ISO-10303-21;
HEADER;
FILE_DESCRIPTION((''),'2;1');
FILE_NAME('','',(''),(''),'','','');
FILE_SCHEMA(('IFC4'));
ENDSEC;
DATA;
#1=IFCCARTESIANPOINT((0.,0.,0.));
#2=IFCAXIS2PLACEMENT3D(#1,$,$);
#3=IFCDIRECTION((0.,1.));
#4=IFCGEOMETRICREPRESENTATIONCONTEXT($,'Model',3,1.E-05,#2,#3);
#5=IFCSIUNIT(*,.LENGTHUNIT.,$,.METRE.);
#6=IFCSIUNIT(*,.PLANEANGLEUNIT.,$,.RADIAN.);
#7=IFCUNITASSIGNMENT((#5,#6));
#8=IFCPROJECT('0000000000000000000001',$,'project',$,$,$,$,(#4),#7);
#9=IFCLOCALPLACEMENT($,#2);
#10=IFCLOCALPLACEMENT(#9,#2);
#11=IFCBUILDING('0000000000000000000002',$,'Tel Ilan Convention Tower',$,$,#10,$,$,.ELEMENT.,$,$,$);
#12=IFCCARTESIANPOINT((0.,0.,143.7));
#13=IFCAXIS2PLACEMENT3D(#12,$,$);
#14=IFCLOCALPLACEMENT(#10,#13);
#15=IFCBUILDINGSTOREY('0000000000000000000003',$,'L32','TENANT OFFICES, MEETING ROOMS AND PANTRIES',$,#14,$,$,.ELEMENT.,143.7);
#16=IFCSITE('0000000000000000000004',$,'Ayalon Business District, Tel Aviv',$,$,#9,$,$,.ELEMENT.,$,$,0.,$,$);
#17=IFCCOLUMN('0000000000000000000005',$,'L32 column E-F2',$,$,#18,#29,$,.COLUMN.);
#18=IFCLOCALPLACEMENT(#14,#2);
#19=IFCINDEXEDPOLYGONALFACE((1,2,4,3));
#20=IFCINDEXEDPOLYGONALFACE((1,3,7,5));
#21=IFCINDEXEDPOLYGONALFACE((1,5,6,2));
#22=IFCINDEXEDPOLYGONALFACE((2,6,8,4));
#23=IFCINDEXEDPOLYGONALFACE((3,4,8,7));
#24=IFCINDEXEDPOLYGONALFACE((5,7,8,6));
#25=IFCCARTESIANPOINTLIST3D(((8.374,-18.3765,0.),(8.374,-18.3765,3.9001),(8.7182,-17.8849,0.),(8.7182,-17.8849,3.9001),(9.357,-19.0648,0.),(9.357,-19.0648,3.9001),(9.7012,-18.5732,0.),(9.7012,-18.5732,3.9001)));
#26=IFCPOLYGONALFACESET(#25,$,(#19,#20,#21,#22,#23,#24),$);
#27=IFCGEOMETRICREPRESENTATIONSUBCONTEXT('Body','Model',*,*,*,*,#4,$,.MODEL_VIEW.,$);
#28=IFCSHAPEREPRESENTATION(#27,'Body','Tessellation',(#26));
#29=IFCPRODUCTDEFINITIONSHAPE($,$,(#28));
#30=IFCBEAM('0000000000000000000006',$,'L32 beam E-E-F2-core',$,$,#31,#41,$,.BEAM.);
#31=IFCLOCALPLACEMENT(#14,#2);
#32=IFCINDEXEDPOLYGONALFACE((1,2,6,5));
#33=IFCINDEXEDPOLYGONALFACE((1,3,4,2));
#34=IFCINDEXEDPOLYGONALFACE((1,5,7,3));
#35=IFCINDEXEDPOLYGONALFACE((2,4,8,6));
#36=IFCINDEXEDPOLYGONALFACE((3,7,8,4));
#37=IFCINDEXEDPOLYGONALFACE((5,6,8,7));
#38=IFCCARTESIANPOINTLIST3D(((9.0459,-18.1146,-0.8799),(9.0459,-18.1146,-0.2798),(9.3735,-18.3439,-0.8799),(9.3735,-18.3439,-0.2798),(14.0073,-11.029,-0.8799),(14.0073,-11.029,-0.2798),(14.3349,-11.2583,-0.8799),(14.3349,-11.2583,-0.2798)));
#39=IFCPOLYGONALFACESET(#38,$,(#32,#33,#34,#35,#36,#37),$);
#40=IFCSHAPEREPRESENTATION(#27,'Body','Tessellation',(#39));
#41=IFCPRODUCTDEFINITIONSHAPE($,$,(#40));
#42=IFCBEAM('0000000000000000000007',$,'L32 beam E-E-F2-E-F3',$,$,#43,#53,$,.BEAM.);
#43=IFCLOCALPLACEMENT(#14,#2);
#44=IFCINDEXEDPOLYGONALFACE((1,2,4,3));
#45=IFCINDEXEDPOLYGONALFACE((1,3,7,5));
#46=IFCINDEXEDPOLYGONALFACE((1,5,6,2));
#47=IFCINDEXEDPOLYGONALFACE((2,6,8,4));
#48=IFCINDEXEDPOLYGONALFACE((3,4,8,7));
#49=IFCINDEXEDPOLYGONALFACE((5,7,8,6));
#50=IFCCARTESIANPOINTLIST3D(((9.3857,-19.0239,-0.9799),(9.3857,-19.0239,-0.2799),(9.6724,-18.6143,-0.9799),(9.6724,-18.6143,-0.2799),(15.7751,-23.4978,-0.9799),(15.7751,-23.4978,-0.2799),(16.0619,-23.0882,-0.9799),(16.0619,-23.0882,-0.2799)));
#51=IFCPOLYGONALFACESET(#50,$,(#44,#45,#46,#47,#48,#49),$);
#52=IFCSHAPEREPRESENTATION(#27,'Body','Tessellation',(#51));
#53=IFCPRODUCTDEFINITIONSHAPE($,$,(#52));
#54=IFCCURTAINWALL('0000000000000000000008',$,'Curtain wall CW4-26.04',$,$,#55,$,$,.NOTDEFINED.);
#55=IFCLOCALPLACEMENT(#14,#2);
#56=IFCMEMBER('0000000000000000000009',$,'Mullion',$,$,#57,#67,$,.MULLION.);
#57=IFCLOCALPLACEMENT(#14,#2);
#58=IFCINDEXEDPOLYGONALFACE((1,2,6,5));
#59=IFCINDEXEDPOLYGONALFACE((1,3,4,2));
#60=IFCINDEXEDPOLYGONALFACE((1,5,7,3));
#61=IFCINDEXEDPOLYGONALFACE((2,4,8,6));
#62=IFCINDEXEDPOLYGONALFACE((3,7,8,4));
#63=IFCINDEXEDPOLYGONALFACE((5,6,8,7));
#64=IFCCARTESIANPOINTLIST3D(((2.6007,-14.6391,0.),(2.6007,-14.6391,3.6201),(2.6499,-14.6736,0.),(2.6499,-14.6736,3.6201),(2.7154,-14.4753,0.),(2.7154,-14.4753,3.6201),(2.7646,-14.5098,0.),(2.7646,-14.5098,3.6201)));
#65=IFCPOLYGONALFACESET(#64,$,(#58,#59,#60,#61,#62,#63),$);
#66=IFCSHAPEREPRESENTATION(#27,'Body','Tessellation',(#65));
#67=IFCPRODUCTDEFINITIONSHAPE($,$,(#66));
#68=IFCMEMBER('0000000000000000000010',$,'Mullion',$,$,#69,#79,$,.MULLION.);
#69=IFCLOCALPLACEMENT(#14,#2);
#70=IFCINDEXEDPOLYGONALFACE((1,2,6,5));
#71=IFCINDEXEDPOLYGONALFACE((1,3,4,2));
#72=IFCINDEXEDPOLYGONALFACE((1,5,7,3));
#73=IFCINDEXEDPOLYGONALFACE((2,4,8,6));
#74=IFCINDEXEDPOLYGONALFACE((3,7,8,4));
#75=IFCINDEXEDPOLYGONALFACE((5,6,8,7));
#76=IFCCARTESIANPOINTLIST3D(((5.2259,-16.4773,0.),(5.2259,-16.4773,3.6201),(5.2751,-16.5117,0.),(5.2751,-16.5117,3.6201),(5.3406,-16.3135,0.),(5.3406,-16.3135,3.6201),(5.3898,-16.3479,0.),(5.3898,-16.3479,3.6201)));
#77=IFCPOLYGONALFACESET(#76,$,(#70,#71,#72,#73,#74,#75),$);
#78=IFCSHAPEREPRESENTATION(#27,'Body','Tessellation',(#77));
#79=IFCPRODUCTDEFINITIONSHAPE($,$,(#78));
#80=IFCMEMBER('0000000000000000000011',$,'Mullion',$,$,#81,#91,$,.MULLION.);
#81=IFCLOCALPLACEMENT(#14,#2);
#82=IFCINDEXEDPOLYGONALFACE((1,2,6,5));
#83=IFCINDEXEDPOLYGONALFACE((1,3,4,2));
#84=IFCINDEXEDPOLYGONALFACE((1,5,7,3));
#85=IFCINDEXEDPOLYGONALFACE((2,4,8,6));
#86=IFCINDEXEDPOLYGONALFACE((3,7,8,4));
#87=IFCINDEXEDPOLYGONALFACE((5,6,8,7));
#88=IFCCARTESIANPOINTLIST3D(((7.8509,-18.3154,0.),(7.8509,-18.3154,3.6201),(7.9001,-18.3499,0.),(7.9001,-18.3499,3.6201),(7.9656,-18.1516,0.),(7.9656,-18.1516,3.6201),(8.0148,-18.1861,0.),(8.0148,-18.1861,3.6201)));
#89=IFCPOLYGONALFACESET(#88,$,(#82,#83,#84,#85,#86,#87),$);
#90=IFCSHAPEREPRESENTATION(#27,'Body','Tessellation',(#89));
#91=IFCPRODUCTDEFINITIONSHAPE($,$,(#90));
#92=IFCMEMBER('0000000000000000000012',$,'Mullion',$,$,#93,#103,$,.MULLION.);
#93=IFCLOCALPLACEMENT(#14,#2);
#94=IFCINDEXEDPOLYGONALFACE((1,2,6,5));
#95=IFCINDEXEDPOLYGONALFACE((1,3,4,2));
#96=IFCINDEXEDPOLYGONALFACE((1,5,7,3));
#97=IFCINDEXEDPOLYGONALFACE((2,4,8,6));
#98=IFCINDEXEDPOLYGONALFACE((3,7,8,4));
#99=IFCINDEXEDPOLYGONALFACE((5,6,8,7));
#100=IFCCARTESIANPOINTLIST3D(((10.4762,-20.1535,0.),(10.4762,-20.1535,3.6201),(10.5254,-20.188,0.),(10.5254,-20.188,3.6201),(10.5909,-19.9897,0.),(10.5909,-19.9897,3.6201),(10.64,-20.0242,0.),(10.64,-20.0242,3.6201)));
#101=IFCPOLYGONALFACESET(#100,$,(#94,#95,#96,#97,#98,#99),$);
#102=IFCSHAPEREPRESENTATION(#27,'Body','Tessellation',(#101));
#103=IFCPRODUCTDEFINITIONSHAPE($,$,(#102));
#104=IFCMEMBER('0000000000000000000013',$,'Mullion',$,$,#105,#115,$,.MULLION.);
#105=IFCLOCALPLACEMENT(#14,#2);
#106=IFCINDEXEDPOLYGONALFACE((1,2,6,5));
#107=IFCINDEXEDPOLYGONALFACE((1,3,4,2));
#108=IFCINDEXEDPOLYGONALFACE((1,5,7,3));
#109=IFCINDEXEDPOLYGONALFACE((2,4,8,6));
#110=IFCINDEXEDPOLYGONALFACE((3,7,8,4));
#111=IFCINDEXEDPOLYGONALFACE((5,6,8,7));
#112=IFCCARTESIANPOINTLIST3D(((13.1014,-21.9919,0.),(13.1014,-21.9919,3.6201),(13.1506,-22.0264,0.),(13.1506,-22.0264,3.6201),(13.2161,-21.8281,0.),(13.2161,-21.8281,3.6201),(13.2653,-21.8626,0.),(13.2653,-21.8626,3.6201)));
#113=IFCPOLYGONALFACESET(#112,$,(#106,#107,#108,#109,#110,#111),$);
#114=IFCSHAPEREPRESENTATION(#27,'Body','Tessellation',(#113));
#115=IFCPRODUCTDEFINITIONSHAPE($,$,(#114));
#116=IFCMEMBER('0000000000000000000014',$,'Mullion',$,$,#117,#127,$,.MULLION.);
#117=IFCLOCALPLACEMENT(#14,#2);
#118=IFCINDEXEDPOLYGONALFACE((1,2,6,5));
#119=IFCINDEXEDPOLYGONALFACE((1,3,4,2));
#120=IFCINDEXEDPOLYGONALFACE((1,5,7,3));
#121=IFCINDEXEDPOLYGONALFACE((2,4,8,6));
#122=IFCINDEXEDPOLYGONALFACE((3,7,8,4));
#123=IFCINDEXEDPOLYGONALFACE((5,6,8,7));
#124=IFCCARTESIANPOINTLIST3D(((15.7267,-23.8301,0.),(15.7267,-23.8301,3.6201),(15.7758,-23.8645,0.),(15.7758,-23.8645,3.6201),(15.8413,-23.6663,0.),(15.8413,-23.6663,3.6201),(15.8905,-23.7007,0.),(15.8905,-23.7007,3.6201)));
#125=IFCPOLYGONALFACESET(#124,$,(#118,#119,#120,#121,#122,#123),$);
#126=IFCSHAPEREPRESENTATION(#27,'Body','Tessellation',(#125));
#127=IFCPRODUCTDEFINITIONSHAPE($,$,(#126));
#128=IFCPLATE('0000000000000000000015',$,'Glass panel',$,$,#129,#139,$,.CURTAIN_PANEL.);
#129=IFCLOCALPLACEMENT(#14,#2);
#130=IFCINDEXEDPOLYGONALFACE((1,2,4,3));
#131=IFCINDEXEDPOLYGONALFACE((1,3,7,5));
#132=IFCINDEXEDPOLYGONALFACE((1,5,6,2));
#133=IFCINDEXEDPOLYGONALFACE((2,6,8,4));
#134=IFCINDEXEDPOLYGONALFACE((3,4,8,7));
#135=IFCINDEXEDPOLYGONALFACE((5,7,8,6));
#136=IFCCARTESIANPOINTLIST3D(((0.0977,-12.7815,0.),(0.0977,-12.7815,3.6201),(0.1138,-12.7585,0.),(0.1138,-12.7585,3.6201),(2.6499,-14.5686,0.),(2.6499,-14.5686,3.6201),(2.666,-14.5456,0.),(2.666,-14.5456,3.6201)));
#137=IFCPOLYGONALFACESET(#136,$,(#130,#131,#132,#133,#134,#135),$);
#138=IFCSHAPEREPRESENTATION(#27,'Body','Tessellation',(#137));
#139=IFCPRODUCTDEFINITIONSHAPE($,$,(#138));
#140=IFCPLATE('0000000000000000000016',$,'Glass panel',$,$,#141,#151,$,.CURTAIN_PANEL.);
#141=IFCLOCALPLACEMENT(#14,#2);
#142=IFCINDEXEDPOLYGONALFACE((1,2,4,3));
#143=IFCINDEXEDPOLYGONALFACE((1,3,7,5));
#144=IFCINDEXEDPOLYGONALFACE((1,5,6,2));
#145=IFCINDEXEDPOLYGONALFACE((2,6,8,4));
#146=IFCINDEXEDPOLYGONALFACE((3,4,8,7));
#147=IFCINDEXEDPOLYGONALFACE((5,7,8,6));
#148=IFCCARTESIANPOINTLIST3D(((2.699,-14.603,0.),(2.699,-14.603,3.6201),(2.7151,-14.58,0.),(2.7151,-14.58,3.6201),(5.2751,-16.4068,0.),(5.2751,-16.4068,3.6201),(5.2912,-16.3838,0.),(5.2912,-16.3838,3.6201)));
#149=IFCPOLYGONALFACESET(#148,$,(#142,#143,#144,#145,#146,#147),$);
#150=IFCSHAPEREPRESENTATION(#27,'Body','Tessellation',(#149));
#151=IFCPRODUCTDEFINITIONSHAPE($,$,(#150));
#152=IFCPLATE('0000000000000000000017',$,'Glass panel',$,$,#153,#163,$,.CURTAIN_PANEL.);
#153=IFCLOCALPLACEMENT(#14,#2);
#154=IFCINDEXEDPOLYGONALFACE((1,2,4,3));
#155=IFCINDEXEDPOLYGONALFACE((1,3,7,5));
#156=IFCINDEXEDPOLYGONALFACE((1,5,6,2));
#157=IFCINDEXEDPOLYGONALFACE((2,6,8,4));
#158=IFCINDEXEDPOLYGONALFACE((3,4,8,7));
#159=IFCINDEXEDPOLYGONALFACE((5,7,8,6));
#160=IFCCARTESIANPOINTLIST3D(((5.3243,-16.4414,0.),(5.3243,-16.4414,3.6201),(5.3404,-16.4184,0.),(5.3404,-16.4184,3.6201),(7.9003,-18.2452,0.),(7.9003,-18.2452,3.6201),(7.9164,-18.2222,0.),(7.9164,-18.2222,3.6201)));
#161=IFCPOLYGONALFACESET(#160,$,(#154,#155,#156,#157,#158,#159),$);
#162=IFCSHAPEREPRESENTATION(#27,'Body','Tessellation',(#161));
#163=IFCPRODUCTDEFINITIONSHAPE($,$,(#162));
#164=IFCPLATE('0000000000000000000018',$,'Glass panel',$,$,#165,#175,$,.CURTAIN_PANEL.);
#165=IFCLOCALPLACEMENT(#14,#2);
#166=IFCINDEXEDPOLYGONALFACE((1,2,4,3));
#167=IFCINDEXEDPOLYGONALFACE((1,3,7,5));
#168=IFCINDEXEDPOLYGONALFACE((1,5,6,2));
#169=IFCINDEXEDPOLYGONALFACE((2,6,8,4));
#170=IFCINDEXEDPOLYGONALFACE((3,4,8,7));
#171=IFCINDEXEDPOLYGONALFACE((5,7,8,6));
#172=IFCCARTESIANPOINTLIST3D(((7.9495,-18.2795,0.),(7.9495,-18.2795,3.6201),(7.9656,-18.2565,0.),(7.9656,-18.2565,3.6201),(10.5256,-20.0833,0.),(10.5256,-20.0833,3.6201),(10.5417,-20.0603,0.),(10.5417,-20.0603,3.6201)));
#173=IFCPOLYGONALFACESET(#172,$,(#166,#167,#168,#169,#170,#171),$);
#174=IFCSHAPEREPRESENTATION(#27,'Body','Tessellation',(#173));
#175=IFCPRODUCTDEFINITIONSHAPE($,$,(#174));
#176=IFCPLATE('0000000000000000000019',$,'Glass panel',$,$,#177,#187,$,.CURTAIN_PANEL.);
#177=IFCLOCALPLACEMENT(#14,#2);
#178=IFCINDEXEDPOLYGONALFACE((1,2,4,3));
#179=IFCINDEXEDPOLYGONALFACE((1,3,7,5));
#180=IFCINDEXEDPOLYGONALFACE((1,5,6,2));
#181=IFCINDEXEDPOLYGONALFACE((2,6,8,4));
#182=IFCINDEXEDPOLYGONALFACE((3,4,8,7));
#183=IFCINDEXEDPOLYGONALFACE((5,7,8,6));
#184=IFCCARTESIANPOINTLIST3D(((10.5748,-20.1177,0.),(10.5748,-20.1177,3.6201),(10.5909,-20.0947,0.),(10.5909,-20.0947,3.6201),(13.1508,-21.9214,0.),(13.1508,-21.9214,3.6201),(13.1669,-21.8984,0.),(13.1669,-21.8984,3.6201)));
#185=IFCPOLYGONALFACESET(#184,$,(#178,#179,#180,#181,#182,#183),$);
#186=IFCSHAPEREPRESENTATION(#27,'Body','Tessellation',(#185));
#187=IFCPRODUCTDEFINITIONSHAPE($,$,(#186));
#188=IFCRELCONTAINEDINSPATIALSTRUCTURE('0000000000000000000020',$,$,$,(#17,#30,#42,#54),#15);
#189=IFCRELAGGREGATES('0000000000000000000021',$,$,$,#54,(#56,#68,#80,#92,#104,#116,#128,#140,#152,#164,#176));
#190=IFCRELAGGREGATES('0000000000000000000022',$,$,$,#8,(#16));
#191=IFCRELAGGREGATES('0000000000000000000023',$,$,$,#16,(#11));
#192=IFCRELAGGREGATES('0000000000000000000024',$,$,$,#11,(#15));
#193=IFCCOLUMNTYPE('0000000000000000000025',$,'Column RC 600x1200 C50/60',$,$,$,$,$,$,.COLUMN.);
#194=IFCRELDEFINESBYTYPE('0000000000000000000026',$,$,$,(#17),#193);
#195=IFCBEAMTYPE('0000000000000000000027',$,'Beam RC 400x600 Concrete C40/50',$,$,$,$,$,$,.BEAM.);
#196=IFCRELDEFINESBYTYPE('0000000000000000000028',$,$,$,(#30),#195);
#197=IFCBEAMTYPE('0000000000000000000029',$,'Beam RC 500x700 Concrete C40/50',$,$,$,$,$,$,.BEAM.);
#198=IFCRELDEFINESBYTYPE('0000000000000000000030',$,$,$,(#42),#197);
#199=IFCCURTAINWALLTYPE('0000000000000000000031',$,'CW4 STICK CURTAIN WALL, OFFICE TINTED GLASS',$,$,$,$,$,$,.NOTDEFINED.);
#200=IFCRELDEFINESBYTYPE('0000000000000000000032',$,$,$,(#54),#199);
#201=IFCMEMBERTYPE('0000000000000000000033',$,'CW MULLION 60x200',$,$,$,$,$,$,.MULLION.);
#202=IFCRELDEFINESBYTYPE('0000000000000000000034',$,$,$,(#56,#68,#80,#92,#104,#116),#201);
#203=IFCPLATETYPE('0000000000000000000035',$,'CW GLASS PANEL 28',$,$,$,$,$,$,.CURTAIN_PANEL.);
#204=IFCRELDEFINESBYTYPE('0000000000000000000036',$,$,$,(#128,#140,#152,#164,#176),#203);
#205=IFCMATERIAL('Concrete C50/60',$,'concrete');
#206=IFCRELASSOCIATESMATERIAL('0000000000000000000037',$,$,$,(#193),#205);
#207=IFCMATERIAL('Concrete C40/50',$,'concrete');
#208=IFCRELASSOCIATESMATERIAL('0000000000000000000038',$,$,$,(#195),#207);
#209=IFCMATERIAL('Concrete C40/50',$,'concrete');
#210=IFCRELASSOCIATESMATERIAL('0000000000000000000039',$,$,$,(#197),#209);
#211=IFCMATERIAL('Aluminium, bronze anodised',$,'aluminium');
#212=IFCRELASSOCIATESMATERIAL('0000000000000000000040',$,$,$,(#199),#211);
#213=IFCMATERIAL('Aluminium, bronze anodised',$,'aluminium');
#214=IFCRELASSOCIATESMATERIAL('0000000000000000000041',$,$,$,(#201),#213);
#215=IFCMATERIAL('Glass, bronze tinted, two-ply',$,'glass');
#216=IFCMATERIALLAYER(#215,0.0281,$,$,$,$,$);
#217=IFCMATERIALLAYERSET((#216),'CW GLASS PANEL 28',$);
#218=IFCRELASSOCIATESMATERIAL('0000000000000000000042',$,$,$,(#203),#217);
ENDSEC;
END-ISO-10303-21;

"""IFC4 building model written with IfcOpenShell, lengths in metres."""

from ifc_helpers import new_model, si_unit, direction, frame, origin, origin_2d, place, context, subcontext, project, spatial, rectangle, extrude, material, layer, layer_set, material_profile, profile_set, type_object, element, aggregate, save


model = new_model("IFC4")

# Units and contexts
model_context = context("Model", 3, precision=1e-05, world=origin(), true_north=direction((0.0, 1.0)))
body_context = subcontext(model_context, "Body", "Model", "MODEL_VIEW")
ifc_project = project(units=[si_unit("LENGTHUNIT", "METRE"), si_unit("PLANEANGLEUNIT", "RADIAN")], contexts=[model_context])

# Site, building, storey
site_placement = place(None, origin())
site = spatial("IfcSite", under=ifc_project, at=site_placement, Name="Ayalon Business District, Tel Aviv", CompositionType="ELEMENT", RefElevation=0.0)
building_placement = place(site_placement, origin())
building = spatial("IfcBuilding", under=site, at=building_placement, Name="Tel Ilan Convention Tower", CompositionType="ELEMENT")
storey_placement = place(building_placement, frame((0.0, 0.0, 143.7)))
storey = spatial("IfcBuildingStorey", under=building, at=storey_placement, Name="L32", Description="TENANT OFFICES, MEETING ROOMS AND PANTRIES", CompositionType="ELEMENT", Elevation=143.7)

# Column
ifc_material_1 = material(Name="Concrete C50/60", Category="concrete")
ifc_material_profile_1 = material_profile(ifc_material_1, rectangle(XDim=1.2, YDim=0.6001, at=origin_2d()), Name="RC 600x1200")
ifc_profile_set_1 = profile_set([ifc_material_profile_1], Name="Concrete C50/60")
column_type = type_object("IfcColumnType", Name="Column RC 600x1200 C50/60", PredefinedType="COLUMN", material=ifc_profile_set_1)
column_placement = place(storey_placement, frame((9.0376, -18.4749, 0.0), z_axis=(0.0, 0.0, 1.0), x_axis=(0.819152, -0.573576, 0.0)))
element("IfcColumn", 1, at=column_placement, inside=storey, type_object=column_type, Name="L32 column E-F2", PredefinedType="COLUMN", context=body_context, shape_type="SweptSolid", body=[
    extrude(rectangle(XDim=1.2, YDim=0.6001, at=origin_2d()), origin(), (0.0, 0.0, 1.0), 3.9001),
])

# Beams
ifc_material_2 = material(Name="Concrete C40/50", Category="concrete")
ifc_material_profile_2 = material_profile(ifc_material_2, rectangle(XDim=0.3999, YDim=0.6001, at=origin_2d()), Name="RC 400x600")
ifc_profile_set_2 = profile_set([ifc_material_profile_2], Name="Concrete C40/50")
beam_type_1 = type_object("IfcBeamType", Name="Beam RC 400x600 Concrete C40/50", PredefinedType="BEAM", material=ifc_profile_set_2)
beam_1_placement = place(storey_placement, frame((9.2097, -18.2292, -0.5798), z_axis=(0.573574, 0.819154, 0.0), x_axis=(-0.819154, 0.573574, 0.0)))
element("IfcBeam", 2, at=beam_1_placement, inside=storey, type_object=beam_type_1, Name="L32 beam E-E-F2-core", PredefinedType="BEAM", context=body_context, shape_type="SweptSolid", body=[
    extrude(rectangle(XDim=0.3999, YDim=0.6001, at=origin_2d()), origin(), (0.0, 0.0, 1.0), 8.6499),
])
ifc_material_3 = material(Name="Concrete C40/50", Category="concrete")
ifc_material_profile_3 = material_profile(ifc_material_3, rectangle(XDim=0.5, YDim=0.7, at=origin_2d()), Name="RC 500x700")
ifc_profile_set_3 = profile_set([ifc_material_profile_3], Name="Concrete C40/50")
beam_type_2 = type_object("IfcBeamType", Name="Beam RC 500x700 Concrete C40/50", PredefinedType="BEAM", material=ifc_profile_set_3)
beam_2_placement = place(storey_placement, frame((9.5291, -18.8191, -0.6299), z_axis=(0.819154, -0.573574, 0.0), x_axis=(0.573574, 0.819154, 0.0)))
element("IfcBeam", 3, at=beam_2_placement, inside=storey, type_object=beam_type_2, Name="L32 beam E-E-F2-E-F3", PredefinedType="BEAM", context=body_context, shape_type="SweptSolid", body=[
    extrude(rectangle(XDim=0.5, YDim=0.7, at=origin_2d()), origin(), (0.0, 0.0, 1.0), 7.8),
])

# Curtain wall, members, plates
ifc_material_4 = material(Name="Aluminium, bronze anodised", Category="aluminium")
curtain_wall_type = type_object("IfcCurtainWallType", Name="CW4 STICK CURTAIN WALL, OFFICE TINTED GLASS", PredefinedType="NOTDEFINED", material=ifc_material_4)
curtain_wall_placement = place(storey_placement, origin())
curtain_wall = element("IfcCurtainWall", 4, at=curtain_wall_placement, inside=storey, type_object=curtain_wall_type, Name="Curtain wall CW4-26.04", PredefinedType="NOTDEFINED")
ifc_material_5 = material(Name="Aluminium, bronze anodised", Category="aluminium")
ifc_material_profile_4 = material_profile(ifc_material_5, rectangle(XDim=0.0601, YDim=0.2, at=origin_2d()), Name="CW MULLION 60x200")
ifc_profile_set_4 = profile_set([ifc_material_profile_4], Name="Aluminium, bronze anodised")
member_type = type_object("IfcMemberType", Name="CW MULLION 60x200", PredefinedType="MULLION", material=ifc_profile_set_4)
member_1_placement = place(storey_placement, frame((2.6826, -14.5745, 0.0), z_axis=(0.0, 0.0, 1.0), x_axis=(0.819152, -0.573576, 0.0)))
member_1 = element("IfcMember", 5, at=member_1_placement, type_object=member_type, Name="Mullion", PredefinedType="MULLION", context=body_context, shape_type="SweptSolid", body=[
    extrude(rectangle(XDim=0.0601, YDim=0.2, at=origin_2d()), origin(), (0.0, 0.0, 1.0), 3.6201),
])
member_2_placement = place(storey_placement, frame((5.3079, -16.4126, 0.0), z_axis=(0.0, 0.0, 1.0), x_axis=(0.819152, -0.573576, 0.0)))
member_2 = element("IfcMember", 6, at=member_2_placement, type_object=member_type, Name="Mullion", PredefinedType="MULLION", context=body_context, shape_type="SweptSolid", body=[
    extrude(rectangle(XDim=0.0601, YDim=0.2, at=origin_2d()), origin(), (0.0, 0.0, 1.0), 3.6201),
])
member_3_placement = place(storey_placement, frame((7.9329, -18.2507, 0.0), z_axis=(0.0, 0.0, 1.0), x_axis=(0.819152, -0.573576, 0.0)))
member_3 = element("IfcMember", 7, at=member_3_placement, type_object=member_type, Name="Mullion", PredefinedType="MULLION", context=body_context, shape_type="SweptSolid", body=[
    extrude(rectangle(XDim=0.0601, YDim=0.2, at=origin_2d()), origin(), (0.0, 0.0, 1.0), 3.6201),
])
member_4_placement = place(storey_placement, frame((10.5581, -20.0889, 0.0), z_axis=(0.0, 0.0, 1.0), x_axis=(0.819152, -0.573576, 0.0)))
member_4 = element("IfcMember", 8, at=member_4_placement, type_object=member_type, Name="Mullion", PredefinedType="MULLION", context=body_context, shape_type="SweptSolid", body=[
    extrude(rectangle(XDim=0.0601, YDim=0.2, at=origin_2d()), origin(), (0.0, 0.0, 1.0), 3.6201),
])
member_5_placement = place(storey_placement, frame((13.1833, -21.9272, 0.0), z_axis=(0.0, 0.0, 1.0), x_axis=(0.819152, -0.573576, 0.0)))
member_5 = element("IfcMember", 9, at=member_5_placement, type_object=member_type, Name="Mullion", PredefinedType="MULLION", context=body_context, shape_type="SweptSolid", body=[
    extrude(rectangle(XDim=0.0601, YDim=0.2, at=origin_2d()), origin(), (0.0, 0.0, 1.0), 3.6201),
])
member_6_placement = place(storey_placement, frame((15.8086, -23.7654, 0.0), z_axis=(0.0, 0.0, 1.0), x_axis=(0.819152, -0.573576, 0.0)))
member_6 = element("IfcMember", 10, at=member_6_placement, type_object=member_type, Name="Mullion", PredefinedType="MULLION", context=body_context, shape_type="SweptSolid", body=[
    extrude(rectangle(XDim=0.0601, YDim=0.2, at=origin_2d()), origin(), (0.0, 0.0, 1.0), 3.6201),
])
ifc_material_6 = material(Name="Glass, bronze tinted, two-ply", Category="glass")
ifc_layer_1 = layer(ifc_material_6, 0.0281)
ifc_layer_set_1 = layer_set([ifc_layer_1], Name="CW GLASS PANEL 28")
plate_type = type_object("IfcPlateType", Name="CW GLASS PANEL 28", PredefinedType="CURTAIN_PANEL", material=ifc_layer_set_1)
plate_1_placement = place(storey_placement, frame((1.3818, -13.6636, 0.0), z_axis=(0.0, 0.0, 1.0), x_axis=(0.819152, -0.573576, 0.0)))
plate_1 = element("IfcPlate", 11, at=plate_1_placement, type_object=plate_type, Name="Glass panel", PredefinedType="CURTAIN_PANEL", context=body_context, shape_type="SweptSolid", body=[
    extrude(rectangle(XDim=3.1157, YDim=0.0281, at=origin_2d()), origin(), (0.0, 0.0, 1.0), 3.6201),
])
plate_2_placement = place(storey_placement, frame((3.9951, -15.4934, 0.0), z_axis=(0.0, 0.0, 1.0), x_axis=(0.819152, -0.573576, 0.0)))
plate_2 = element("IfcPlate", 12, at=plate_2_placement, type_object=plate_type, Name="Glass panel", PredefinedType="CURTAIN_PANEL", context=body_context, shape_type="SweptSolid", body=[
    extrude(rectangle(XDim=3.1448, YDim=0.0281, at=origin_2d()), origin(), (0.0, 0.0, 1.0), 3.6201),
])
plate_3_placement = place(storey_placement, frame((6.6204, -17.3318, 0.0), z_axis=(0.0, 0.0, 1.0), x_axis=(0.819152, -0.573576, 0.0)))
plate_3 = element("IfcPlate", 13, at=plate_3_placement, type_object=plate_type, Name="Glass panel", PredefinedType="CURTAIN_PANEL", context=body_context, shape_type="SweptSolid", body=[
    extrude(rectangle(XDim=3.1448, YDim=0.0281, at=origin_2d()), origin(), (0.0, 0.0, 1.0), 3.6201),
])
plate_4_placement = place(storey_placement, frame((9.2456, -19.1699, 0.0), z_axis=(0.0, 0.0, 1.0), x_axis=(0.819152, -0.573576, 0.0)))
plate_4 = element("IfcPlate", 14, at=plate_4_placement, type_object=plate_type, Name="Glass panel", PredefinedType="CURTAIN_PANEL", context=body_context, shape_type="SweptSolid", body=[
    extrude(rectangle(XDim=3.1448, YDim=0.0281, at=origin_2d()), origin(), (0.0, 0.0, 1.0), 3.6201),
])
plate_5_placement = place(storey_placement, frame((11.8708, -21.0081, 0.0), z_axis=(0.0, 0.0, 1.0), x_axis=(0.819152, -0.573576, 0.0)))
plate_5 = element("IfcPlate", 15, at=plate_5_placement, type_object=plate_type, Name="Glass panel", PredefinedType="CURTAIN_PANEL", context=body_context, shape_type="SweptSolid", body=[
    extrude(rectangle(XDim=3.1448, YDim=0.0281, at=origin_2d()), origin(), (0.0, 0.0, 1.0), 3.6201),
])
aggregate(curtain_wall, [member_1, member_2, member_3, member_4, member_5, member_6, plate_1, plate_2, plate_3, plate_4, plate_5])

save(model, "model.ifc")
